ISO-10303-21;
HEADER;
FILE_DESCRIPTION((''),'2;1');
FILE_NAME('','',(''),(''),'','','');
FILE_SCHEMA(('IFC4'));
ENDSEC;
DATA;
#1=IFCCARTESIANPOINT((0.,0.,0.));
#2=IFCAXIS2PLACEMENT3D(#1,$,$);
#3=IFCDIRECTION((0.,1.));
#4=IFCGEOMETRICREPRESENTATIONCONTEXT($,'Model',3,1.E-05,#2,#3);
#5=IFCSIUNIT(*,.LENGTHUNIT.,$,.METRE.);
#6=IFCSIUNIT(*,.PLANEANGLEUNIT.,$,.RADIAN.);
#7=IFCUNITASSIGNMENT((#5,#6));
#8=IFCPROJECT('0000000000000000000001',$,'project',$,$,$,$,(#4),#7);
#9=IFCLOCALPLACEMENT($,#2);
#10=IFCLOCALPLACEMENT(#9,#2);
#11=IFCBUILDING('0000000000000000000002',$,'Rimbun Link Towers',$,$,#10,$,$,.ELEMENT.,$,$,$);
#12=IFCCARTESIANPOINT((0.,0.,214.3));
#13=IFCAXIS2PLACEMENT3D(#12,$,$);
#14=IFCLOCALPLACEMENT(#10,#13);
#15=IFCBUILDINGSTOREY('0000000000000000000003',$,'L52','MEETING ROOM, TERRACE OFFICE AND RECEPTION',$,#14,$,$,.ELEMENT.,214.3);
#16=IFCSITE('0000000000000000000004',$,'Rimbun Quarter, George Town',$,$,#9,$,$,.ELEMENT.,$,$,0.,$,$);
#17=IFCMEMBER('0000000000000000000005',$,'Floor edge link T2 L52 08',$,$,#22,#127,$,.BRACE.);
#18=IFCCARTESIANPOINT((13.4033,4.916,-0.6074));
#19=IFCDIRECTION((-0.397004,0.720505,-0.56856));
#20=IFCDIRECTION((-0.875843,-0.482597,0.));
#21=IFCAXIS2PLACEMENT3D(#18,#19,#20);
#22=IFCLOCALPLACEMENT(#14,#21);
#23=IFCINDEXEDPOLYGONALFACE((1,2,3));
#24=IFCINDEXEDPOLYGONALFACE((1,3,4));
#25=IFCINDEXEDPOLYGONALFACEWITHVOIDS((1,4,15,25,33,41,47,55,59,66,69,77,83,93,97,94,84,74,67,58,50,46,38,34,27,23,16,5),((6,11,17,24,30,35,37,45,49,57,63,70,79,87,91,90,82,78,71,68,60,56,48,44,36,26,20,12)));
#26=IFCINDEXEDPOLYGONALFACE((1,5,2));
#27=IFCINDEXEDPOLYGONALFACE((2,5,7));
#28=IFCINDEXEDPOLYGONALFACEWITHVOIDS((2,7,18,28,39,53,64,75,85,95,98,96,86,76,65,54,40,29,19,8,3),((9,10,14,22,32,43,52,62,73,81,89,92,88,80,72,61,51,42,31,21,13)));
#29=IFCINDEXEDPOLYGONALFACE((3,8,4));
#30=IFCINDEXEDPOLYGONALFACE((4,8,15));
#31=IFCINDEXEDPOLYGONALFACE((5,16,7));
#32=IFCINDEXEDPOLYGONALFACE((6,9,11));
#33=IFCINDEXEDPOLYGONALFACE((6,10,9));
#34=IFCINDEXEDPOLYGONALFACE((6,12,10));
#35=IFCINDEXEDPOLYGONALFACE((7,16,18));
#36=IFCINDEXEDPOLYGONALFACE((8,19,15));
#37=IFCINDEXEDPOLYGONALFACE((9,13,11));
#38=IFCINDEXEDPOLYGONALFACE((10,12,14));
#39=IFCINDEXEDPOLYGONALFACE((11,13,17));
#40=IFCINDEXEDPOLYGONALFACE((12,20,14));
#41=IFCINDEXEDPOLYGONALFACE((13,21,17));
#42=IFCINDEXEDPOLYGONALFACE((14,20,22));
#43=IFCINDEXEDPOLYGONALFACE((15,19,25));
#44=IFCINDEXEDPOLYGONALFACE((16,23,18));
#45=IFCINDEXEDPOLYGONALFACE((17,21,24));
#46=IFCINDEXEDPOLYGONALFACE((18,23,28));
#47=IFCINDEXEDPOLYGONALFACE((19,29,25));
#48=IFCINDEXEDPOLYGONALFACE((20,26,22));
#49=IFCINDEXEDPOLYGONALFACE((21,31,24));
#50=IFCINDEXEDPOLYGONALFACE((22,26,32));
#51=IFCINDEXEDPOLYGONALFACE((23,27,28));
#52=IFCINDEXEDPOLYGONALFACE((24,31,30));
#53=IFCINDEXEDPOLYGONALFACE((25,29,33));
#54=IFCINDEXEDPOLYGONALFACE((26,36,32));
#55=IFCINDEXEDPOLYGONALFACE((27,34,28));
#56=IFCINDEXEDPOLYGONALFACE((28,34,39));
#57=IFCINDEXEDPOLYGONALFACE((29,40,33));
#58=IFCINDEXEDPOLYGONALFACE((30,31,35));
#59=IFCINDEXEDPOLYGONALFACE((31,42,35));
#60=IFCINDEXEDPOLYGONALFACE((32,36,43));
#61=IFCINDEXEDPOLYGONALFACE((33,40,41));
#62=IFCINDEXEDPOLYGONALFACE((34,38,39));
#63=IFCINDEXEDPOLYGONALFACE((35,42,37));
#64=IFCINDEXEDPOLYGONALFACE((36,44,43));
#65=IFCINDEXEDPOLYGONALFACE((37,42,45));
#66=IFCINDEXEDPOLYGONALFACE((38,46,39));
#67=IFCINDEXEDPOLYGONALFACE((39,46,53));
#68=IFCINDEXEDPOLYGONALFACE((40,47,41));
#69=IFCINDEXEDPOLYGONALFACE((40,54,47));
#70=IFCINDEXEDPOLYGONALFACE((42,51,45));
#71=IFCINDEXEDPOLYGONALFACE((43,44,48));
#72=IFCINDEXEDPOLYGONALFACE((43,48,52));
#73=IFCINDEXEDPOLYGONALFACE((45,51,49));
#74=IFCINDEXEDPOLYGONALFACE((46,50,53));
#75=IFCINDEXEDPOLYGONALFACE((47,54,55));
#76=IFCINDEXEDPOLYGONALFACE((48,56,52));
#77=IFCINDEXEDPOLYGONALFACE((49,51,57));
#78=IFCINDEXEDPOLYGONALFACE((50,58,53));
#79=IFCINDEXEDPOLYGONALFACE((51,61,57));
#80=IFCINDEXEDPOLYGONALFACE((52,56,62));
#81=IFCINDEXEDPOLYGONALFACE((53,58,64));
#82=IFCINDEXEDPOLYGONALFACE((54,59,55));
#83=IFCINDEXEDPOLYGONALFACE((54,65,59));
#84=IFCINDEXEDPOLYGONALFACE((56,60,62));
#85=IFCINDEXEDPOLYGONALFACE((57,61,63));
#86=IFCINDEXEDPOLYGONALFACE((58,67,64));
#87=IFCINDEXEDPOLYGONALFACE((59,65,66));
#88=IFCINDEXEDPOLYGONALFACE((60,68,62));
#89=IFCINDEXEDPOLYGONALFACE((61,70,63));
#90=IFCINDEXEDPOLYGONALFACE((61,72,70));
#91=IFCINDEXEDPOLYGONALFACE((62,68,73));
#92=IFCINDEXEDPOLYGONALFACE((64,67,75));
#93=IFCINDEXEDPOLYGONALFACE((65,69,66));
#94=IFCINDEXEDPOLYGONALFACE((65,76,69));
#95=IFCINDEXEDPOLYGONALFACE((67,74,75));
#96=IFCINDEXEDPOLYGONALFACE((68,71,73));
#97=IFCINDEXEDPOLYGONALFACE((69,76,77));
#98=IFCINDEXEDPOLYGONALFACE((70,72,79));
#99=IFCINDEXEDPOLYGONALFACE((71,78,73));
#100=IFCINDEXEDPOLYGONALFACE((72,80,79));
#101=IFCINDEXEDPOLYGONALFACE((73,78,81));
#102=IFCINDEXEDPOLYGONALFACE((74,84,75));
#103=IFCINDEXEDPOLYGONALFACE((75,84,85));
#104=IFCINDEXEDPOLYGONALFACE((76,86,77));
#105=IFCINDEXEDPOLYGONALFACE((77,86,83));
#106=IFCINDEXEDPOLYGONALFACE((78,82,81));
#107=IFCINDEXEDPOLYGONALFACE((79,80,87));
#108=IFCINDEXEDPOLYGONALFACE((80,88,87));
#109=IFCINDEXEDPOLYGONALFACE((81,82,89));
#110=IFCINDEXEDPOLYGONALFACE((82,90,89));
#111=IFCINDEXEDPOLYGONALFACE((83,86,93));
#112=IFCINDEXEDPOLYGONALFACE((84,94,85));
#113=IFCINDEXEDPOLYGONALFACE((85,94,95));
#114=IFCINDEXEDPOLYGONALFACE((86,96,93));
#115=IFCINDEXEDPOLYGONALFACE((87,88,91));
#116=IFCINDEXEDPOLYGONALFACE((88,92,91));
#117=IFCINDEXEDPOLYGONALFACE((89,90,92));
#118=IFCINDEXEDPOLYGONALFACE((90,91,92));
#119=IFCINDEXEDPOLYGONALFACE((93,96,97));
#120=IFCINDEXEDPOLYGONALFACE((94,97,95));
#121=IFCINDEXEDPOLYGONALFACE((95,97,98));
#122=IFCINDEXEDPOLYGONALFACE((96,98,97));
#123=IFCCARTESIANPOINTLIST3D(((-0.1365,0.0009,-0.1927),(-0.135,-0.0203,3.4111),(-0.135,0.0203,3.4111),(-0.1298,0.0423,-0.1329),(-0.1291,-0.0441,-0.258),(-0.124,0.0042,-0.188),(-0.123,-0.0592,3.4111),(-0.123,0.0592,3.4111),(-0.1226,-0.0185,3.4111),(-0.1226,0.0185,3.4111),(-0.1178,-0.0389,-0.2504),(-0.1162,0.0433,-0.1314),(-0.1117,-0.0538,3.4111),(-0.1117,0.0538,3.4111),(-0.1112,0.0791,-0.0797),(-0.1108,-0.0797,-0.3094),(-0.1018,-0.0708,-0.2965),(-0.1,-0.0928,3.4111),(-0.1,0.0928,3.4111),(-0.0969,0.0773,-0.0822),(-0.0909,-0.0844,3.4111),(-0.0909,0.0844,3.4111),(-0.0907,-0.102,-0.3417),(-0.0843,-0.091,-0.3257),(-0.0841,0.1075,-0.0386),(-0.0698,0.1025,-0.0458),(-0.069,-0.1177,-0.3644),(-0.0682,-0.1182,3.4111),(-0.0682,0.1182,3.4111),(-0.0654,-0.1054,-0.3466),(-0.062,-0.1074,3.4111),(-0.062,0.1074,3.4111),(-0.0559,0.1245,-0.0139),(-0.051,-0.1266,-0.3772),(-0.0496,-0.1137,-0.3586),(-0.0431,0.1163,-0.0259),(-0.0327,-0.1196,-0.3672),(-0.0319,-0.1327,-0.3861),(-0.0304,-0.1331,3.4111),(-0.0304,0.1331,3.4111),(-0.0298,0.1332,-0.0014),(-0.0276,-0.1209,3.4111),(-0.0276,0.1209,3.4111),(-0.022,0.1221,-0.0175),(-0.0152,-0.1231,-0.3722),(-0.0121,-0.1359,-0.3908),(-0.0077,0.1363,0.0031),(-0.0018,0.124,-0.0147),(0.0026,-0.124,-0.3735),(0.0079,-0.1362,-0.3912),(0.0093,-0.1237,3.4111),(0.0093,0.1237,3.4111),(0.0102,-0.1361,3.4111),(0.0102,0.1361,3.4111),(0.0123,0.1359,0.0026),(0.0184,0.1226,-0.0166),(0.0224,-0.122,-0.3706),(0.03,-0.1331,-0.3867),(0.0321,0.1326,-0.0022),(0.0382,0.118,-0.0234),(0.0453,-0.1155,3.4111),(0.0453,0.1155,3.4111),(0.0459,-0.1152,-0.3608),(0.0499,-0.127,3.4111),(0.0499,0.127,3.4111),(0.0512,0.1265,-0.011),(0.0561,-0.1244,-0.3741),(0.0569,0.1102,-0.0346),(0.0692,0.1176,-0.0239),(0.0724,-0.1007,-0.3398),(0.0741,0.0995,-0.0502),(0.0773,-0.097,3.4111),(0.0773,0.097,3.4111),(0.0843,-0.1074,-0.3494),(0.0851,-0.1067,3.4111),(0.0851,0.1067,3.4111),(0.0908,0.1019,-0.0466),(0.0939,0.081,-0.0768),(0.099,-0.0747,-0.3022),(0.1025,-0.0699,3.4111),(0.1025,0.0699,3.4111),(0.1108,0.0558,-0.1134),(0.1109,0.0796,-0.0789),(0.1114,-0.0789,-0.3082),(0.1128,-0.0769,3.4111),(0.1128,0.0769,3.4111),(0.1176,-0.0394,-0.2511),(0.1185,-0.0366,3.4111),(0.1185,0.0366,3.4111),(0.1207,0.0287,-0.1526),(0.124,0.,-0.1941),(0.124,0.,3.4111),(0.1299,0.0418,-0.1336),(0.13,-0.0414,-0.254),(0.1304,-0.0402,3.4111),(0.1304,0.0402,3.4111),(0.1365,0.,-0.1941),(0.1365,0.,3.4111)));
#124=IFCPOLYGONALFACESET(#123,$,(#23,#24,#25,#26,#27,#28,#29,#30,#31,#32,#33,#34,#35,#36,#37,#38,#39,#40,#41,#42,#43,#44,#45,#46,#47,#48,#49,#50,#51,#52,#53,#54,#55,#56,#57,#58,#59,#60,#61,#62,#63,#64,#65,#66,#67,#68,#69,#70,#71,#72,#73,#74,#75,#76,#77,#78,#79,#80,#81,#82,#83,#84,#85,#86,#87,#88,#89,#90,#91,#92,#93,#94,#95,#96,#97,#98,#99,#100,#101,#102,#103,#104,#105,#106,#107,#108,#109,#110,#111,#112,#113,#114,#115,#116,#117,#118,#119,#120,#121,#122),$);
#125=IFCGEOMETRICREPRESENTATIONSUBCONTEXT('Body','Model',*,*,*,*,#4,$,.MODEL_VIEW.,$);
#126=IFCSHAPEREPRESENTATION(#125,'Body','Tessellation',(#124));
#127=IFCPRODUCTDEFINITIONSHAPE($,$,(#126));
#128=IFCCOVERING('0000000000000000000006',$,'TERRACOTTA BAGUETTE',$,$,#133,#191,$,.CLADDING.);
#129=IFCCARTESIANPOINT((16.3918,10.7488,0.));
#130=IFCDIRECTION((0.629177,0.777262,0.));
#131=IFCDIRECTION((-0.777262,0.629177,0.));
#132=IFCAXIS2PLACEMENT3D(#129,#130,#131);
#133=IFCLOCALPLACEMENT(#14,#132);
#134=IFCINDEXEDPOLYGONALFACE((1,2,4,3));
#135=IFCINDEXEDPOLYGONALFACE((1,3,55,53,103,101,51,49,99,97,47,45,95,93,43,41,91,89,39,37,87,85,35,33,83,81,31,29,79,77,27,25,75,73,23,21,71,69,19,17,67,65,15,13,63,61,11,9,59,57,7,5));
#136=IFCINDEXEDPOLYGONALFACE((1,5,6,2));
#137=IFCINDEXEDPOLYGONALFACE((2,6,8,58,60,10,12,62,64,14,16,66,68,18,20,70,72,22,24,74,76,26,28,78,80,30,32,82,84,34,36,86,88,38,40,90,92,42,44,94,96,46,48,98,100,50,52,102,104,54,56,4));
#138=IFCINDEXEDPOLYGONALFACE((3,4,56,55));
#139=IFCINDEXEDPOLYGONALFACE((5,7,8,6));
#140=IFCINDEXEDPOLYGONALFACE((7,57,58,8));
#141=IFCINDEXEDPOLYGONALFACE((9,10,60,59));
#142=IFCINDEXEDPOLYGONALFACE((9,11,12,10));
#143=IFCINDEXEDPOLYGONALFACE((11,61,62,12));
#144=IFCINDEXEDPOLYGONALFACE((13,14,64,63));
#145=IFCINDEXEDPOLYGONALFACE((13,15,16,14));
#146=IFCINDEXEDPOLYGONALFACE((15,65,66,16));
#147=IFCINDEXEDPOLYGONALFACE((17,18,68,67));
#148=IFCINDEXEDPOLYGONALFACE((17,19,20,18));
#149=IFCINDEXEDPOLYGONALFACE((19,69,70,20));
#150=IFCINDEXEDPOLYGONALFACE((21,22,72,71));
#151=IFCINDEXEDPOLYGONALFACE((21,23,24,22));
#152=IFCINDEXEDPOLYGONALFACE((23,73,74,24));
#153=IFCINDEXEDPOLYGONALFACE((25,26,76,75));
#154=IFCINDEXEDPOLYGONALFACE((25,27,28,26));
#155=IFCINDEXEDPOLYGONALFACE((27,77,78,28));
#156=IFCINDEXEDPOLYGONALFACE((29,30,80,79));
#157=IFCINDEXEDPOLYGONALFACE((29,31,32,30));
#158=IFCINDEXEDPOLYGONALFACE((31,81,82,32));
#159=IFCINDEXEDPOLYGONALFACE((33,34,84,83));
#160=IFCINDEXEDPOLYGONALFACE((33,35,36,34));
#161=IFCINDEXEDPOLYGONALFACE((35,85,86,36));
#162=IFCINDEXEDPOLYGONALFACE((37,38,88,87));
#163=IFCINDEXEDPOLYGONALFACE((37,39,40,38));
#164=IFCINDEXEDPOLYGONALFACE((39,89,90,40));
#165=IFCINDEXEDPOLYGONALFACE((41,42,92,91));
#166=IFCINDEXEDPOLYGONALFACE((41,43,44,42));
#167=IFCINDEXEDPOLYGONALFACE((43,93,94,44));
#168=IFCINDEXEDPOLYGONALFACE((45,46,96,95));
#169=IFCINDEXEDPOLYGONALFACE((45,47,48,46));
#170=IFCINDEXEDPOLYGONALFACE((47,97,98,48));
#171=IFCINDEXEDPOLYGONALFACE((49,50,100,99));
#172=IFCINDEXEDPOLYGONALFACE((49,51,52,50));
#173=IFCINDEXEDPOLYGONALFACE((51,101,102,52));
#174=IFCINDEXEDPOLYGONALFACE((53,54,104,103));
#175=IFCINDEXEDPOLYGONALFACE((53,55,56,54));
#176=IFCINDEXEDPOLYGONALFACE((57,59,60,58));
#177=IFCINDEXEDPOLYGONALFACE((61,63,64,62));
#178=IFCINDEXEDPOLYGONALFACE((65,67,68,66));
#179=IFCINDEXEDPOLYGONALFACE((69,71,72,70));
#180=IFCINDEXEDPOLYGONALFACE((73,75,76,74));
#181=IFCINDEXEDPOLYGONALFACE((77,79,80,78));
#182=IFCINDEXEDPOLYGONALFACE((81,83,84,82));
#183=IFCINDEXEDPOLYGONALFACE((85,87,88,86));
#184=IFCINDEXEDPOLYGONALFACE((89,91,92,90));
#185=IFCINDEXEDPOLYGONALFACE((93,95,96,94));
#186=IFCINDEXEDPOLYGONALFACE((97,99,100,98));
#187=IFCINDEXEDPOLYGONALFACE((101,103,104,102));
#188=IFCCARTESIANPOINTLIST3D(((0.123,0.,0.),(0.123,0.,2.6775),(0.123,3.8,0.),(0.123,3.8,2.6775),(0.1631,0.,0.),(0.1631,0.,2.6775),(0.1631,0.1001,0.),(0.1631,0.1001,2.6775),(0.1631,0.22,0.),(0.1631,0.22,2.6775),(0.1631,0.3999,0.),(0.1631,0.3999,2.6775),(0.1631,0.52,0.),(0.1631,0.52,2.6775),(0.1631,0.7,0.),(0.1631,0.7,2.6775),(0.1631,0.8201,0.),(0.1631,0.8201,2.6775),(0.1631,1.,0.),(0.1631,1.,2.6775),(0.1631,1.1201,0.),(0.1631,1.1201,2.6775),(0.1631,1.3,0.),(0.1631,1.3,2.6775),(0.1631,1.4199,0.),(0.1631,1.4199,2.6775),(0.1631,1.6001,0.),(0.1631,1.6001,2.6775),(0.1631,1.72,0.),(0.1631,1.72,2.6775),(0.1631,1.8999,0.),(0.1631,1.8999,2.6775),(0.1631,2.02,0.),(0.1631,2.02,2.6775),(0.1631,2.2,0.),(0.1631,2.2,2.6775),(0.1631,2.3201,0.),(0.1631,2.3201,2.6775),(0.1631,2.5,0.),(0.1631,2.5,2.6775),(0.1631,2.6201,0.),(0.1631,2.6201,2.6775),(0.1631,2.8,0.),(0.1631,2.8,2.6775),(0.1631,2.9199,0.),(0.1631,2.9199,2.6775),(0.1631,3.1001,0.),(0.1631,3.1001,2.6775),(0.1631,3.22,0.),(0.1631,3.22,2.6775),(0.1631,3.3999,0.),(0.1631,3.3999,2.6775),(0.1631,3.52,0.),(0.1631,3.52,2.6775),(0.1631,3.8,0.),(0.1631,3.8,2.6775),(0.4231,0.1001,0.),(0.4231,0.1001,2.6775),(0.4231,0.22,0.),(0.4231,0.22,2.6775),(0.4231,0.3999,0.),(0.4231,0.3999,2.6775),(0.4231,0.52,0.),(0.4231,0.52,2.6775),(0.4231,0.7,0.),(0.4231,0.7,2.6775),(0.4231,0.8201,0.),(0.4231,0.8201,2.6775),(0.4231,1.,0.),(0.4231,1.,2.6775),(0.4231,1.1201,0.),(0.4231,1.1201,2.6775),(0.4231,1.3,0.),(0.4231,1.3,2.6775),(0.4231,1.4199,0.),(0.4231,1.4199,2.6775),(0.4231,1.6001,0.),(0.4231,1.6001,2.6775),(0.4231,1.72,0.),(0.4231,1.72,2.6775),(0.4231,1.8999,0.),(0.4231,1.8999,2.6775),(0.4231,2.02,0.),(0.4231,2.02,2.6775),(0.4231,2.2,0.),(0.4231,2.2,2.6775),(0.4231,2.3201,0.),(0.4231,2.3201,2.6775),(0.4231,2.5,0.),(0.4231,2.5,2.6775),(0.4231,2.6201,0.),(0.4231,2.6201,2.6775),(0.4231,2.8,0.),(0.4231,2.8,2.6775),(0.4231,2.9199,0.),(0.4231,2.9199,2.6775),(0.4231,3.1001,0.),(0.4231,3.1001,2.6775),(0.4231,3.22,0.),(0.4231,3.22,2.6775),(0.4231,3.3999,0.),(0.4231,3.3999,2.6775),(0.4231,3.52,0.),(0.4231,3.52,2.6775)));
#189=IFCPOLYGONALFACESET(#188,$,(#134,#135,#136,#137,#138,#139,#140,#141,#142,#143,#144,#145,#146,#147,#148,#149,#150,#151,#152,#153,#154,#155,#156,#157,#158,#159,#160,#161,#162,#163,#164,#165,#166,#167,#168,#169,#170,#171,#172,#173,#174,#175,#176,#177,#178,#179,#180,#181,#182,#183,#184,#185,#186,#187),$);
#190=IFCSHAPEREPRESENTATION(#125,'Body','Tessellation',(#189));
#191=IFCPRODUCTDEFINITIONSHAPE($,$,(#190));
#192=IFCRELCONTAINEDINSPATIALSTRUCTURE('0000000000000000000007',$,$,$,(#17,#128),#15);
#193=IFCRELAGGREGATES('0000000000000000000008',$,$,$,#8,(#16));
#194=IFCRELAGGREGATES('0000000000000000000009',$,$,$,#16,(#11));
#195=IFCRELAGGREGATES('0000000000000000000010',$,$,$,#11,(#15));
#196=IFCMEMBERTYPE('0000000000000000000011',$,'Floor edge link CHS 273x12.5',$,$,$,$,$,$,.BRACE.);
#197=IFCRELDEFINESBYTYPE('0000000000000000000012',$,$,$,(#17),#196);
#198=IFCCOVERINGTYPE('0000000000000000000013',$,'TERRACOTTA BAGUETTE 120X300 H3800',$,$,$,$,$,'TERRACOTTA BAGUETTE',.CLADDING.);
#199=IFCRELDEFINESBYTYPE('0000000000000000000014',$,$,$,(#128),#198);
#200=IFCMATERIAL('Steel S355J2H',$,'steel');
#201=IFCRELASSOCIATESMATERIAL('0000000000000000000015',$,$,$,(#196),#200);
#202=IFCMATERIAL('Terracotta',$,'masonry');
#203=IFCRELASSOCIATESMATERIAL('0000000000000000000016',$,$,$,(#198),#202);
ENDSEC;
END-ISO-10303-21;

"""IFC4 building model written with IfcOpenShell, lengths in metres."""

from ifc_helpers import new_model, si_unit, direction, frame, origin, origin_2d, place, context, subcontext, project, spatial, polyline, hollow_circle, outline, extrude, clip, halfspace, material, material_profile, profile_set, type_object, element, save


model = new_model("IFC4")

# Units and contexts
model_context = context("Model", 3, precision=1e-05, world=origin(), true_north=direction((0.0, 1.0)))
body_context = subcontext(model_context, "Body", "Model", "MODEL_VIEW")
ifc_project = project(units=[si_unit("LENGTHUNIT", "METRE"), si_unit("PLANEANGLEUNIT", "RADIAN")], contexts=[model_context])

# Site, building, storey
site_placement = place(None, origin())
site = spatial("IfcSite", under=ifc_project, at=site_placement, Name="Rimbun Quarter, George Town", CompositionType="ELEMENT", RefElevation=0.0)
building_placement = place(site_placement, origin())
building = spatial("IfcBuilding", under=site, at=building_placement, Name="Rimbun Link Towers", CompositionType="ELEMENT")
storey_placement = place(building_placement, frame((0.0, 0.0, 214.3)))
storey = spatial("IfcBuildingStorey", under=building, at=storey_placement, Name="L52", Description="MEETING ROOM, TERRACE OFFICE AND RECEPTION", CompositionType="ELEMENT", Elevation=214.3)

# Member
ifc_material_1 = material(Name="Steel S355J2H", Category="steel")
ifc_material_profile_1 = material_profile(ifc_material_1, hollow_circle(Radius=0.1365, WallThickness=0.0125, at=origin_2d()), Name="CHS 273x12.5")
ifc_profile_set_1 = profile_set([ifc_material_profile_1], Name="Steel S355J2H")
member_type_1 = type_object("IfcMemberType", Name="Floor edge link CHS 273x12.5", PredefinedType="BRACE", material=ifc_profile_set_1)
member_1_placement = place(storey_placement, frame((13.4033, 4.916, -0.6074), z_axis=(-0.397004, 0.720505, -0.56856), x_axis=(-0.875843, -0.482597, 0.0)))
element("IfcMember", 1, at=member_1_placement, inside=storey, type_object=member_type_1, Name="Floor edge link T2 L52 08", PredefinedType="BRACE", context=body_context, shape_type="Clipping", body=[
    clip(extrude(hollow_circle(Radius=0.1365, WallThickness=0.0125, at=origin_2d()), frame((0.0, 0.0, -0.4126)), (0.0, 0.0, 1.0), 3.8237), halfspace(frame((0.0, 0.0, -0.1941), z_axis=(0.0, 0.822642, -0.56856)), False)),
])

# Covering
ifc_material_2 = material(Name="Terracotta", Category="masonry")
ifc_material_profile_2 = material_profile(ifc_material_2, outline(polyline([(0.123, 0.0), (0.1631, 0.0), (0.1631, 0.1001), (0.4231, 0.1001), (0.4231, 0.22), (0.1631, 0.22), (0.1631, 0.3999), (0.4231, 0.3999), (0.4231, 0.52), (0.1631, 0.52), (0.1631, 0.7), (0.4231, 0.7), (0.4231, 0.8201), (0.1631, 0.8201), (0.1631, 1.0), (0.4231, 1.0), (0.4231, 1.1201), (0.1631, 1.1201), (0.1631, 1.3), (0.4231, 1.3), (0.4231, 1.4199), (0.1631, 1.4199), (0.1631, 1.6001), (0.4231, 1.6001), (0.4231, 1.72), (0.1631, 1.72), (0.1631, 1.8999), (0.4231, 1.8999), (0.4231, 2.02), (0.1631, 2.02), (0.1631, 2.2), (0.4231, 2.2), (0.4231, 2.3201), (0.1631, 2.3201), (0.1631, 2.5), (0.4231, 2.5), (0.4231, 2.6201), (0.1631, 2.6201), (0.1631, 2.8), (0.4231, 2.8), (0.4231, 2.9199), (0.1631, 2.9199), (0.1631, 3.1001), (0.4231, 3.1001), (0.4231, 3.22), (0.1631, 3.22), (0.1631, 3.3999), (0.4231, 3.3999), (0.4231, 3.52), (0.1631, 3.52), (0.1631, 3.8), (0.123, 3.8), (0.123, 0.0)])), Name="BAGUETTE 120X300")
ifc_profile_set_2 = profile_set([ifc_material_profile_2], Name="Terracotta")
covering_type_1 = type_object("IfcCoveringType", Name="TERRACOTTA BAGUETTE 120X300 H3800", ElementType="TERRACOTTA BAGUETTE", PredefinedType="CLADDING", material=ifc_profile_set_2)
covering_1_placement = place(storey_placement, frame((16.3918, 10.7488, 0.0), z_axis=(0.629177, 0.777262, 0.0), x_axis=(-0.777262, 0.629177, 0.0)))
element("IfcCovering", 2, at=covering_1_placement, inside=storey, type_object=covering_type_1, Name="TERRACOTTA BAGUETTE", PredefinedType="CLADDING", context=body_context, shape_type="SweptSolid", body=[
    extrude(outline(polyline([(0.123, 0.0), (0.1631, 0.0), (0.1631, 0.1001), (0.4231, 0.1001), (0.4231, 0.22), (0.1631, 0.22), (0.1631, 0.3999), (0.4231, 0.3999), (0.4231, 0.52), (0.1631, 0.52), (0.1631, 0.7), (0.4231, 0.7), (0.4231, 0.8201), (0.1631, 0.8201), (0.1631, 1.0), (0.4231, 1.0), (0.4231, 1.1201), (0.1631, 1.1201), (0.1631, 1.3), (0.4231, 1.3), (0.4231, 1.4199), (0.1631, 1.4199), (0.1631, 1.6001), (0.4231, 1.6001), (0.4231, 1.72), (0.1631, 1.72), (0.1631, 1.8999), (0.4231, 1.8999), (0.4231, 2.02), (0.1631, 2.02), (0.1631, 2.2), (0.4231, 2.2), (0.4231, 2.3201), (0.1631, 2.3201), (0.1631, 2.5), (0.4231, 2.5), (0.4231, 2.6201), (0.1631, 2.6201), (0.1631, 2.8), (0.4231, 2.8), (0.4231, 2.9199), (0.1631, 2.9199), (0.1631, 3.1001), (0.4231, 3.1001), (0.4231, 3.22), (0.1631, 3.22), (0.1631, 3.3999), (0.4231, 3.3999), (0.4231, 3.52), (0.1631, 3.52), (0.1631, 3.8), (0.123, 3.8), (0.123, 0.0)])), origin(), (0.0, 0.0, 1.0), 2.6775),
])

save(model, "model.ifc")
